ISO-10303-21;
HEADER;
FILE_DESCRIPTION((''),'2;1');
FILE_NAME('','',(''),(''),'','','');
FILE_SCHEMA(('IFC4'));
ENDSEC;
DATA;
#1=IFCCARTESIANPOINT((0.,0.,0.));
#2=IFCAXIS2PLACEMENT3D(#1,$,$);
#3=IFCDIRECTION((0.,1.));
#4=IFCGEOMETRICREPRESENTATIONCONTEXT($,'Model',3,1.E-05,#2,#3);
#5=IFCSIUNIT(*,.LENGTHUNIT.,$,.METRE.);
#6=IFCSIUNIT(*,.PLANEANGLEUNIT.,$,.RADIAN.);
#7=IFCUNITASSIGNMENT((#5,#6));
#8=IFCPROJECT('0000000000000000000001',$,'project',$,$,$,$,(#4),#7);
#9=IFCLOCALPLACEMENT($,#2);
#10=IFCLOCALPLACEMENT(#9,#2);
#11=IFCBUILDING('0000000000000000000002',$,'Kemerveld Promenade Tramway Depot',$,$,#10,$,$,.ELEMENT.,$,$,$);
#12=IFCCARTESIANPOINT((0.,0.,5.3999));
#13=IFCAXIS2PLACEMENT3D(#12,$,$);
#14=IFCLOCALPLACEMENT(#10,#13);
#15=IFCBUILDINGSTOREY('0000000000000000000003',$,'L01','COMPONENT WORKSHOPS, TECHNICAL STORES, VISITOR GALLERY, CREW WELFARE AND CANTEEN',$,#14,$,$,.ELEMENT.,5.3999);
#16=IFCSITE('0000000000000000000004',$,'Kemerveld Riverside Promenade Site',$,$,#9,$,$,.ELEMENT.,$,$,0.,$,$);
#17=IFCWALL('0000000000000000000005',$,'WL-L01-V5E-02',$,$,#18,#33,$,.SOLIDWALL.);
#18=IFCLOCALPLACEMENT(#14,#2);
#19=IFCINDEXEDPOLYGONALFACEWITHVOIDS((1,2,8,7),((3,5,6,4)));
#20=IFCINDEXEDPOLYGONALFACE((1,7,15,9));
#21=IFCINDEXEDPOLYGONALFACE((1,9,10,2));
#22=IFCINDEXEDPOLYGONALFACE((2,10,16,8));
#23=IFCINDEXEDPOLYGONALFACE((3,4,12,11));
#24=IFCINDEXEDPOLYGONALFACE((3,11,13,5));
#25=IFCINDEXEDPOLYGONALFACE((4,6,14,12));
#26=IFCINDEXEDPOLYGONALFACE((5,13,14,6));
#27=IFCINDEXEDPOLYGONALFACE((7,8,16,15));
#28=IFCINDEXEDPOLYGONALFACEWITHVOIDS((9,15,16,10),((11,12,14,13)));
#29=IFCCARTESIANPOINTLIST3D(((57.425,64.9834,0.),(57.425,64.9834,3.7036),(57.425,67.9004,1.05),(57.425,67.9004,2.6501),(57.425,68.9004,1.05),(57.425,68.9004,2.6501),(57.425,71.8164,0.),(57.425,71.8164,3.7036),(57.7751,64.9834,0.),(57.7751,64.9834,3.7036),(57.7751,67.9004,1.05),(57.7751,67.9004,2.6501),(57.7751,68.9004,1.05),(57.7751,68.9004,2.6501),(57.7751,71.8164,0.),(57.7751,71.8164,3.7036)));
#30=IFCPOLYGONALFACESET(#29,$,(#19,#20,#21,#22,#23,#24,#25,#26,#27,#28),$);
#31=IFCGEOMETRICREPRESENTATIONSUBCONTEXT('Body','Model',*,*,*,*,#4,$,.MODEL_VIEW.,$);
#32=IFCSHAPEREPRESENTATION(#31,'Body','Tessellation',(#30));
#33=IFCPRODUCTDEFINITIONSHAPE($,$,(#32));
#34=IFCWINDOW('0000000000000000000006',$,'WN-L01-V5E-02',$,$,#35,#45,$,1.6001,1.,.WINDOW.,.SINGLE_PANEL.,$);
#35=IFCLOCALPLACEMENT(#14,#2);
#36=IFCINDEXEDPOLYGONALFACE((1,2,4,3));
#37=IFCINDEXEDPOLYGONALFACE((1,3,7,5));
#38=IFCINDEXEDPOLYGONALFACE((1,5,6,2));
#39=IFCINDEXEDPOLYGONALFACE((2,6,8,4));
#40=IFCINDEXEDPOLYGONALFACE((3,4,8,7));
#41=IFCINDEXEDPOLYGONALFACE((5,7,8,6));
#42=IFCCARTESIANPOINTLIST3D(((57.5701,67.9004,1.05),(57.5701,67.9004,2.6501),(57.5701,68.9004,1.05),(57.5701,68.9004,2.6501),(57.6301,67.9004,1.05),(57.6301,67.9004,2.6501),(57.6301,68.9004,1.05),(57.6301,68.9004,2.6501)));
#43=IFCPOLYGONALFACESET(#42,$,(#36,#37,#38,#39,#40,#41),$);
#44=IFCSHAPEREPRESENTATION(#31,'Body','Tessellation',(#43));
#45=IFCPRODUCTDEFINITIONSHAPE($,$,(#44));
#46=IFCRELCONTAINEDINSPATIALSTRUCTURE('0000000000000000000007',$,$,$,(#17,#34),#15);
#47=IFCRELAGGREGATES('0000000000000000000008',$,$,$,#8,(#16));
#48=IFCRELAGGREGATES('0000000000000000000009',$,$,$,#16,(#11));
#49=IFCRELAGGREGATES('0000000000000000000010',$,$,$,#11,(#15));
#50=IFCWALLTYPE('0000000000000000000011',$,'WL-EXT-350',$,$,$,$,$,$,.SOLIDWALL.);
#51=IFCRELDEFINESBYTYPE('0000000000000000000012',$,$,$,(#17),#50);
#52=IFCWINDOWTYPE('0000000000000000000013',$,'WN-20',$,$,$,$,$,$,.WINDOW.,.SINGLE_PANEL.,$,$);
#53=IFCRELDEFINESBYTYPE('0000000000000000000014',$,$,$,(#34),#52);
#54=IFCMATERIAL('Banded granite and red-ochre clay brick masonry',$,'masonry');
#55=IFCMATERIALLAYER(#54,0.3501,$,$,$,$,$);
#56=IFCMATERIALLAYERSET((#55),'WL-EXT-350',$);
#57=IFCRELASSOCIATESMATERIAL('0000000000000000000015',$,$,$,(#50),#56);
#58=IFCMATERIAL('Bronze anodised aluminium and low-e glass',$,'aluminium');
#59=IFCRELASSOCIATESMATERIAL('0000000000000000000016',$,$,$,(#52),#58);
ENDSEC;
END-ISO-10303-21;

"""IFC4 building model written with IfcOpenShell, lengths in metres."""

from ifc_helpers import new_model, si_unit, direction, frame, frame_2d, origin, place, context, subcontext, project, spatial, rectangle, extrude, material, layer, layer_set, type_object, element, fill, save


model = new_model("IFC4")

# Units and contexts
model_context = context("Model", 3, precision=1e-05, world=origin(), true_north=direction((0.0, 1.0)))
body_context = subcontext(model_context, "Body", "Model", "MODEL_VIEW")
ifc_project = project(units=[si_unit("LENGTHUNIT", "METRE"), si_unit("PLANEANGLEUNIT", "RADIAN")], contexts=[model_context])

# Site, building, storey
site_placement = place(None, origin())
site = spatial("IfcSite", under=ifc_project, at=site_placement, Name="Kemerveld Riverside Promenade Site", CompositionType="ELEMENT", RefElevation=0.0)
building_placement = place(site_placement, origin())
building = spatial("IfcBuilding", under=site, at=building_placement, Name="Kemerveld Promenade Tramway Depot", CompositionType="ELEMENT")
storey_placement = place(building_placement, frame((0.0, 0.0, 5.3999)))
storey = spatial("IfcBuildingStorey", under=building, at=storey_placement, Name="L01", Description="COMPONENT WORKSHOPS, TECHNICAL STORES, VISITOR GALLERY, CREW WELFARE AND CANTEEN", CompositionType="ELEMENT", Elevation=5.3999)

# Wall, opening, window
ifc_material_1 = material(Name="Banded granite and red-ochre clay brick masonry", Category="masonry")
ifc_layer_1 = layer(ifc_material_1, 0.3501)
ifc_layer_set_1 = layer_set([ifc_layer_1], Name="WL-EXT-350")
wall_type = type_object("IfcWallType", Name="WL-EXT-350", PredefinedType="SOLIDWALL", material=ifc_layer_set_1)
wall_placement = place(storey_placement, frame((57.6001, 71.8164, 0.0), z_axis=(0.0, 0.0, 1.0), x_axis=(0.0, -1.0, 0.0)))
wall = element("IfcWall", 1, at=wall_placement, inside=storey, type_object=wall_type, Name="WL-L01-V5E-02", PredefinedType="SOLIDWALL", context=body_context, shape_type="SweptSolid", body=[
    extrude(rectangle(XDim=6.833, YDim=0.3501, at=frame_2d((3.4165, 0.0))), origin(), (0.0, 0.0, 1.0), 3.7036),
])
opening_placement = place(wall_placement, frame((2.916, 0.0, 1.05)))
opening = element("IfcOpeningElement", 2, at=opening_placement, cuts=wall, PredefinedType="OPENING", context=body_context, shape_type="SweptSolid", body=[
    extrude(rectangle(XDim=1.0, YDim=1.6001, at=frame_2d((0.5, 0.8))), frame((0.0, 0.1851, 0.0), z_axis=(0.0, -1.0, 0.0), x_axis=(1.0, 0.0, 0.0)), (0.0, 0.0, 1.0), 0.3701),
])
ifc_material_2 = material(Name="Bronze anodised aluminium and low-e glass", Category="aluminium")
window_type = type_object("IfcWindowType", Name="WN-20", PartitioningType="SINGLE_PANEL", PredefinedType="WINDOW", material=ifc_material_2)
window_placement = place(opening_placement, origin())
window = element("IfcWindow", 3, at=window_placement, inside=storey, type_object=window_type, Name="WN-L01-V5E-02", OverallHeight=1.6001, OverallWidth=1.0, PartitioningType="SINGLE_PANEL", PredefinedType="WINDOW", context=body_context, shape_type="SweptSolid", body=[
    extrude(rectangle(XDim=1.0, YDim=1.6001, at=frame_2d((0.5, 0.8))), frame((0.0, 0.03, 0.0), z_axis=(0.0, -1.0, 0.0), x_axis=(1.0, 0.0, 0.0)), (0.0, 0.0, 1.0), 0.0601),
])
fill(opening, window)

save(model, "model.ifc")
